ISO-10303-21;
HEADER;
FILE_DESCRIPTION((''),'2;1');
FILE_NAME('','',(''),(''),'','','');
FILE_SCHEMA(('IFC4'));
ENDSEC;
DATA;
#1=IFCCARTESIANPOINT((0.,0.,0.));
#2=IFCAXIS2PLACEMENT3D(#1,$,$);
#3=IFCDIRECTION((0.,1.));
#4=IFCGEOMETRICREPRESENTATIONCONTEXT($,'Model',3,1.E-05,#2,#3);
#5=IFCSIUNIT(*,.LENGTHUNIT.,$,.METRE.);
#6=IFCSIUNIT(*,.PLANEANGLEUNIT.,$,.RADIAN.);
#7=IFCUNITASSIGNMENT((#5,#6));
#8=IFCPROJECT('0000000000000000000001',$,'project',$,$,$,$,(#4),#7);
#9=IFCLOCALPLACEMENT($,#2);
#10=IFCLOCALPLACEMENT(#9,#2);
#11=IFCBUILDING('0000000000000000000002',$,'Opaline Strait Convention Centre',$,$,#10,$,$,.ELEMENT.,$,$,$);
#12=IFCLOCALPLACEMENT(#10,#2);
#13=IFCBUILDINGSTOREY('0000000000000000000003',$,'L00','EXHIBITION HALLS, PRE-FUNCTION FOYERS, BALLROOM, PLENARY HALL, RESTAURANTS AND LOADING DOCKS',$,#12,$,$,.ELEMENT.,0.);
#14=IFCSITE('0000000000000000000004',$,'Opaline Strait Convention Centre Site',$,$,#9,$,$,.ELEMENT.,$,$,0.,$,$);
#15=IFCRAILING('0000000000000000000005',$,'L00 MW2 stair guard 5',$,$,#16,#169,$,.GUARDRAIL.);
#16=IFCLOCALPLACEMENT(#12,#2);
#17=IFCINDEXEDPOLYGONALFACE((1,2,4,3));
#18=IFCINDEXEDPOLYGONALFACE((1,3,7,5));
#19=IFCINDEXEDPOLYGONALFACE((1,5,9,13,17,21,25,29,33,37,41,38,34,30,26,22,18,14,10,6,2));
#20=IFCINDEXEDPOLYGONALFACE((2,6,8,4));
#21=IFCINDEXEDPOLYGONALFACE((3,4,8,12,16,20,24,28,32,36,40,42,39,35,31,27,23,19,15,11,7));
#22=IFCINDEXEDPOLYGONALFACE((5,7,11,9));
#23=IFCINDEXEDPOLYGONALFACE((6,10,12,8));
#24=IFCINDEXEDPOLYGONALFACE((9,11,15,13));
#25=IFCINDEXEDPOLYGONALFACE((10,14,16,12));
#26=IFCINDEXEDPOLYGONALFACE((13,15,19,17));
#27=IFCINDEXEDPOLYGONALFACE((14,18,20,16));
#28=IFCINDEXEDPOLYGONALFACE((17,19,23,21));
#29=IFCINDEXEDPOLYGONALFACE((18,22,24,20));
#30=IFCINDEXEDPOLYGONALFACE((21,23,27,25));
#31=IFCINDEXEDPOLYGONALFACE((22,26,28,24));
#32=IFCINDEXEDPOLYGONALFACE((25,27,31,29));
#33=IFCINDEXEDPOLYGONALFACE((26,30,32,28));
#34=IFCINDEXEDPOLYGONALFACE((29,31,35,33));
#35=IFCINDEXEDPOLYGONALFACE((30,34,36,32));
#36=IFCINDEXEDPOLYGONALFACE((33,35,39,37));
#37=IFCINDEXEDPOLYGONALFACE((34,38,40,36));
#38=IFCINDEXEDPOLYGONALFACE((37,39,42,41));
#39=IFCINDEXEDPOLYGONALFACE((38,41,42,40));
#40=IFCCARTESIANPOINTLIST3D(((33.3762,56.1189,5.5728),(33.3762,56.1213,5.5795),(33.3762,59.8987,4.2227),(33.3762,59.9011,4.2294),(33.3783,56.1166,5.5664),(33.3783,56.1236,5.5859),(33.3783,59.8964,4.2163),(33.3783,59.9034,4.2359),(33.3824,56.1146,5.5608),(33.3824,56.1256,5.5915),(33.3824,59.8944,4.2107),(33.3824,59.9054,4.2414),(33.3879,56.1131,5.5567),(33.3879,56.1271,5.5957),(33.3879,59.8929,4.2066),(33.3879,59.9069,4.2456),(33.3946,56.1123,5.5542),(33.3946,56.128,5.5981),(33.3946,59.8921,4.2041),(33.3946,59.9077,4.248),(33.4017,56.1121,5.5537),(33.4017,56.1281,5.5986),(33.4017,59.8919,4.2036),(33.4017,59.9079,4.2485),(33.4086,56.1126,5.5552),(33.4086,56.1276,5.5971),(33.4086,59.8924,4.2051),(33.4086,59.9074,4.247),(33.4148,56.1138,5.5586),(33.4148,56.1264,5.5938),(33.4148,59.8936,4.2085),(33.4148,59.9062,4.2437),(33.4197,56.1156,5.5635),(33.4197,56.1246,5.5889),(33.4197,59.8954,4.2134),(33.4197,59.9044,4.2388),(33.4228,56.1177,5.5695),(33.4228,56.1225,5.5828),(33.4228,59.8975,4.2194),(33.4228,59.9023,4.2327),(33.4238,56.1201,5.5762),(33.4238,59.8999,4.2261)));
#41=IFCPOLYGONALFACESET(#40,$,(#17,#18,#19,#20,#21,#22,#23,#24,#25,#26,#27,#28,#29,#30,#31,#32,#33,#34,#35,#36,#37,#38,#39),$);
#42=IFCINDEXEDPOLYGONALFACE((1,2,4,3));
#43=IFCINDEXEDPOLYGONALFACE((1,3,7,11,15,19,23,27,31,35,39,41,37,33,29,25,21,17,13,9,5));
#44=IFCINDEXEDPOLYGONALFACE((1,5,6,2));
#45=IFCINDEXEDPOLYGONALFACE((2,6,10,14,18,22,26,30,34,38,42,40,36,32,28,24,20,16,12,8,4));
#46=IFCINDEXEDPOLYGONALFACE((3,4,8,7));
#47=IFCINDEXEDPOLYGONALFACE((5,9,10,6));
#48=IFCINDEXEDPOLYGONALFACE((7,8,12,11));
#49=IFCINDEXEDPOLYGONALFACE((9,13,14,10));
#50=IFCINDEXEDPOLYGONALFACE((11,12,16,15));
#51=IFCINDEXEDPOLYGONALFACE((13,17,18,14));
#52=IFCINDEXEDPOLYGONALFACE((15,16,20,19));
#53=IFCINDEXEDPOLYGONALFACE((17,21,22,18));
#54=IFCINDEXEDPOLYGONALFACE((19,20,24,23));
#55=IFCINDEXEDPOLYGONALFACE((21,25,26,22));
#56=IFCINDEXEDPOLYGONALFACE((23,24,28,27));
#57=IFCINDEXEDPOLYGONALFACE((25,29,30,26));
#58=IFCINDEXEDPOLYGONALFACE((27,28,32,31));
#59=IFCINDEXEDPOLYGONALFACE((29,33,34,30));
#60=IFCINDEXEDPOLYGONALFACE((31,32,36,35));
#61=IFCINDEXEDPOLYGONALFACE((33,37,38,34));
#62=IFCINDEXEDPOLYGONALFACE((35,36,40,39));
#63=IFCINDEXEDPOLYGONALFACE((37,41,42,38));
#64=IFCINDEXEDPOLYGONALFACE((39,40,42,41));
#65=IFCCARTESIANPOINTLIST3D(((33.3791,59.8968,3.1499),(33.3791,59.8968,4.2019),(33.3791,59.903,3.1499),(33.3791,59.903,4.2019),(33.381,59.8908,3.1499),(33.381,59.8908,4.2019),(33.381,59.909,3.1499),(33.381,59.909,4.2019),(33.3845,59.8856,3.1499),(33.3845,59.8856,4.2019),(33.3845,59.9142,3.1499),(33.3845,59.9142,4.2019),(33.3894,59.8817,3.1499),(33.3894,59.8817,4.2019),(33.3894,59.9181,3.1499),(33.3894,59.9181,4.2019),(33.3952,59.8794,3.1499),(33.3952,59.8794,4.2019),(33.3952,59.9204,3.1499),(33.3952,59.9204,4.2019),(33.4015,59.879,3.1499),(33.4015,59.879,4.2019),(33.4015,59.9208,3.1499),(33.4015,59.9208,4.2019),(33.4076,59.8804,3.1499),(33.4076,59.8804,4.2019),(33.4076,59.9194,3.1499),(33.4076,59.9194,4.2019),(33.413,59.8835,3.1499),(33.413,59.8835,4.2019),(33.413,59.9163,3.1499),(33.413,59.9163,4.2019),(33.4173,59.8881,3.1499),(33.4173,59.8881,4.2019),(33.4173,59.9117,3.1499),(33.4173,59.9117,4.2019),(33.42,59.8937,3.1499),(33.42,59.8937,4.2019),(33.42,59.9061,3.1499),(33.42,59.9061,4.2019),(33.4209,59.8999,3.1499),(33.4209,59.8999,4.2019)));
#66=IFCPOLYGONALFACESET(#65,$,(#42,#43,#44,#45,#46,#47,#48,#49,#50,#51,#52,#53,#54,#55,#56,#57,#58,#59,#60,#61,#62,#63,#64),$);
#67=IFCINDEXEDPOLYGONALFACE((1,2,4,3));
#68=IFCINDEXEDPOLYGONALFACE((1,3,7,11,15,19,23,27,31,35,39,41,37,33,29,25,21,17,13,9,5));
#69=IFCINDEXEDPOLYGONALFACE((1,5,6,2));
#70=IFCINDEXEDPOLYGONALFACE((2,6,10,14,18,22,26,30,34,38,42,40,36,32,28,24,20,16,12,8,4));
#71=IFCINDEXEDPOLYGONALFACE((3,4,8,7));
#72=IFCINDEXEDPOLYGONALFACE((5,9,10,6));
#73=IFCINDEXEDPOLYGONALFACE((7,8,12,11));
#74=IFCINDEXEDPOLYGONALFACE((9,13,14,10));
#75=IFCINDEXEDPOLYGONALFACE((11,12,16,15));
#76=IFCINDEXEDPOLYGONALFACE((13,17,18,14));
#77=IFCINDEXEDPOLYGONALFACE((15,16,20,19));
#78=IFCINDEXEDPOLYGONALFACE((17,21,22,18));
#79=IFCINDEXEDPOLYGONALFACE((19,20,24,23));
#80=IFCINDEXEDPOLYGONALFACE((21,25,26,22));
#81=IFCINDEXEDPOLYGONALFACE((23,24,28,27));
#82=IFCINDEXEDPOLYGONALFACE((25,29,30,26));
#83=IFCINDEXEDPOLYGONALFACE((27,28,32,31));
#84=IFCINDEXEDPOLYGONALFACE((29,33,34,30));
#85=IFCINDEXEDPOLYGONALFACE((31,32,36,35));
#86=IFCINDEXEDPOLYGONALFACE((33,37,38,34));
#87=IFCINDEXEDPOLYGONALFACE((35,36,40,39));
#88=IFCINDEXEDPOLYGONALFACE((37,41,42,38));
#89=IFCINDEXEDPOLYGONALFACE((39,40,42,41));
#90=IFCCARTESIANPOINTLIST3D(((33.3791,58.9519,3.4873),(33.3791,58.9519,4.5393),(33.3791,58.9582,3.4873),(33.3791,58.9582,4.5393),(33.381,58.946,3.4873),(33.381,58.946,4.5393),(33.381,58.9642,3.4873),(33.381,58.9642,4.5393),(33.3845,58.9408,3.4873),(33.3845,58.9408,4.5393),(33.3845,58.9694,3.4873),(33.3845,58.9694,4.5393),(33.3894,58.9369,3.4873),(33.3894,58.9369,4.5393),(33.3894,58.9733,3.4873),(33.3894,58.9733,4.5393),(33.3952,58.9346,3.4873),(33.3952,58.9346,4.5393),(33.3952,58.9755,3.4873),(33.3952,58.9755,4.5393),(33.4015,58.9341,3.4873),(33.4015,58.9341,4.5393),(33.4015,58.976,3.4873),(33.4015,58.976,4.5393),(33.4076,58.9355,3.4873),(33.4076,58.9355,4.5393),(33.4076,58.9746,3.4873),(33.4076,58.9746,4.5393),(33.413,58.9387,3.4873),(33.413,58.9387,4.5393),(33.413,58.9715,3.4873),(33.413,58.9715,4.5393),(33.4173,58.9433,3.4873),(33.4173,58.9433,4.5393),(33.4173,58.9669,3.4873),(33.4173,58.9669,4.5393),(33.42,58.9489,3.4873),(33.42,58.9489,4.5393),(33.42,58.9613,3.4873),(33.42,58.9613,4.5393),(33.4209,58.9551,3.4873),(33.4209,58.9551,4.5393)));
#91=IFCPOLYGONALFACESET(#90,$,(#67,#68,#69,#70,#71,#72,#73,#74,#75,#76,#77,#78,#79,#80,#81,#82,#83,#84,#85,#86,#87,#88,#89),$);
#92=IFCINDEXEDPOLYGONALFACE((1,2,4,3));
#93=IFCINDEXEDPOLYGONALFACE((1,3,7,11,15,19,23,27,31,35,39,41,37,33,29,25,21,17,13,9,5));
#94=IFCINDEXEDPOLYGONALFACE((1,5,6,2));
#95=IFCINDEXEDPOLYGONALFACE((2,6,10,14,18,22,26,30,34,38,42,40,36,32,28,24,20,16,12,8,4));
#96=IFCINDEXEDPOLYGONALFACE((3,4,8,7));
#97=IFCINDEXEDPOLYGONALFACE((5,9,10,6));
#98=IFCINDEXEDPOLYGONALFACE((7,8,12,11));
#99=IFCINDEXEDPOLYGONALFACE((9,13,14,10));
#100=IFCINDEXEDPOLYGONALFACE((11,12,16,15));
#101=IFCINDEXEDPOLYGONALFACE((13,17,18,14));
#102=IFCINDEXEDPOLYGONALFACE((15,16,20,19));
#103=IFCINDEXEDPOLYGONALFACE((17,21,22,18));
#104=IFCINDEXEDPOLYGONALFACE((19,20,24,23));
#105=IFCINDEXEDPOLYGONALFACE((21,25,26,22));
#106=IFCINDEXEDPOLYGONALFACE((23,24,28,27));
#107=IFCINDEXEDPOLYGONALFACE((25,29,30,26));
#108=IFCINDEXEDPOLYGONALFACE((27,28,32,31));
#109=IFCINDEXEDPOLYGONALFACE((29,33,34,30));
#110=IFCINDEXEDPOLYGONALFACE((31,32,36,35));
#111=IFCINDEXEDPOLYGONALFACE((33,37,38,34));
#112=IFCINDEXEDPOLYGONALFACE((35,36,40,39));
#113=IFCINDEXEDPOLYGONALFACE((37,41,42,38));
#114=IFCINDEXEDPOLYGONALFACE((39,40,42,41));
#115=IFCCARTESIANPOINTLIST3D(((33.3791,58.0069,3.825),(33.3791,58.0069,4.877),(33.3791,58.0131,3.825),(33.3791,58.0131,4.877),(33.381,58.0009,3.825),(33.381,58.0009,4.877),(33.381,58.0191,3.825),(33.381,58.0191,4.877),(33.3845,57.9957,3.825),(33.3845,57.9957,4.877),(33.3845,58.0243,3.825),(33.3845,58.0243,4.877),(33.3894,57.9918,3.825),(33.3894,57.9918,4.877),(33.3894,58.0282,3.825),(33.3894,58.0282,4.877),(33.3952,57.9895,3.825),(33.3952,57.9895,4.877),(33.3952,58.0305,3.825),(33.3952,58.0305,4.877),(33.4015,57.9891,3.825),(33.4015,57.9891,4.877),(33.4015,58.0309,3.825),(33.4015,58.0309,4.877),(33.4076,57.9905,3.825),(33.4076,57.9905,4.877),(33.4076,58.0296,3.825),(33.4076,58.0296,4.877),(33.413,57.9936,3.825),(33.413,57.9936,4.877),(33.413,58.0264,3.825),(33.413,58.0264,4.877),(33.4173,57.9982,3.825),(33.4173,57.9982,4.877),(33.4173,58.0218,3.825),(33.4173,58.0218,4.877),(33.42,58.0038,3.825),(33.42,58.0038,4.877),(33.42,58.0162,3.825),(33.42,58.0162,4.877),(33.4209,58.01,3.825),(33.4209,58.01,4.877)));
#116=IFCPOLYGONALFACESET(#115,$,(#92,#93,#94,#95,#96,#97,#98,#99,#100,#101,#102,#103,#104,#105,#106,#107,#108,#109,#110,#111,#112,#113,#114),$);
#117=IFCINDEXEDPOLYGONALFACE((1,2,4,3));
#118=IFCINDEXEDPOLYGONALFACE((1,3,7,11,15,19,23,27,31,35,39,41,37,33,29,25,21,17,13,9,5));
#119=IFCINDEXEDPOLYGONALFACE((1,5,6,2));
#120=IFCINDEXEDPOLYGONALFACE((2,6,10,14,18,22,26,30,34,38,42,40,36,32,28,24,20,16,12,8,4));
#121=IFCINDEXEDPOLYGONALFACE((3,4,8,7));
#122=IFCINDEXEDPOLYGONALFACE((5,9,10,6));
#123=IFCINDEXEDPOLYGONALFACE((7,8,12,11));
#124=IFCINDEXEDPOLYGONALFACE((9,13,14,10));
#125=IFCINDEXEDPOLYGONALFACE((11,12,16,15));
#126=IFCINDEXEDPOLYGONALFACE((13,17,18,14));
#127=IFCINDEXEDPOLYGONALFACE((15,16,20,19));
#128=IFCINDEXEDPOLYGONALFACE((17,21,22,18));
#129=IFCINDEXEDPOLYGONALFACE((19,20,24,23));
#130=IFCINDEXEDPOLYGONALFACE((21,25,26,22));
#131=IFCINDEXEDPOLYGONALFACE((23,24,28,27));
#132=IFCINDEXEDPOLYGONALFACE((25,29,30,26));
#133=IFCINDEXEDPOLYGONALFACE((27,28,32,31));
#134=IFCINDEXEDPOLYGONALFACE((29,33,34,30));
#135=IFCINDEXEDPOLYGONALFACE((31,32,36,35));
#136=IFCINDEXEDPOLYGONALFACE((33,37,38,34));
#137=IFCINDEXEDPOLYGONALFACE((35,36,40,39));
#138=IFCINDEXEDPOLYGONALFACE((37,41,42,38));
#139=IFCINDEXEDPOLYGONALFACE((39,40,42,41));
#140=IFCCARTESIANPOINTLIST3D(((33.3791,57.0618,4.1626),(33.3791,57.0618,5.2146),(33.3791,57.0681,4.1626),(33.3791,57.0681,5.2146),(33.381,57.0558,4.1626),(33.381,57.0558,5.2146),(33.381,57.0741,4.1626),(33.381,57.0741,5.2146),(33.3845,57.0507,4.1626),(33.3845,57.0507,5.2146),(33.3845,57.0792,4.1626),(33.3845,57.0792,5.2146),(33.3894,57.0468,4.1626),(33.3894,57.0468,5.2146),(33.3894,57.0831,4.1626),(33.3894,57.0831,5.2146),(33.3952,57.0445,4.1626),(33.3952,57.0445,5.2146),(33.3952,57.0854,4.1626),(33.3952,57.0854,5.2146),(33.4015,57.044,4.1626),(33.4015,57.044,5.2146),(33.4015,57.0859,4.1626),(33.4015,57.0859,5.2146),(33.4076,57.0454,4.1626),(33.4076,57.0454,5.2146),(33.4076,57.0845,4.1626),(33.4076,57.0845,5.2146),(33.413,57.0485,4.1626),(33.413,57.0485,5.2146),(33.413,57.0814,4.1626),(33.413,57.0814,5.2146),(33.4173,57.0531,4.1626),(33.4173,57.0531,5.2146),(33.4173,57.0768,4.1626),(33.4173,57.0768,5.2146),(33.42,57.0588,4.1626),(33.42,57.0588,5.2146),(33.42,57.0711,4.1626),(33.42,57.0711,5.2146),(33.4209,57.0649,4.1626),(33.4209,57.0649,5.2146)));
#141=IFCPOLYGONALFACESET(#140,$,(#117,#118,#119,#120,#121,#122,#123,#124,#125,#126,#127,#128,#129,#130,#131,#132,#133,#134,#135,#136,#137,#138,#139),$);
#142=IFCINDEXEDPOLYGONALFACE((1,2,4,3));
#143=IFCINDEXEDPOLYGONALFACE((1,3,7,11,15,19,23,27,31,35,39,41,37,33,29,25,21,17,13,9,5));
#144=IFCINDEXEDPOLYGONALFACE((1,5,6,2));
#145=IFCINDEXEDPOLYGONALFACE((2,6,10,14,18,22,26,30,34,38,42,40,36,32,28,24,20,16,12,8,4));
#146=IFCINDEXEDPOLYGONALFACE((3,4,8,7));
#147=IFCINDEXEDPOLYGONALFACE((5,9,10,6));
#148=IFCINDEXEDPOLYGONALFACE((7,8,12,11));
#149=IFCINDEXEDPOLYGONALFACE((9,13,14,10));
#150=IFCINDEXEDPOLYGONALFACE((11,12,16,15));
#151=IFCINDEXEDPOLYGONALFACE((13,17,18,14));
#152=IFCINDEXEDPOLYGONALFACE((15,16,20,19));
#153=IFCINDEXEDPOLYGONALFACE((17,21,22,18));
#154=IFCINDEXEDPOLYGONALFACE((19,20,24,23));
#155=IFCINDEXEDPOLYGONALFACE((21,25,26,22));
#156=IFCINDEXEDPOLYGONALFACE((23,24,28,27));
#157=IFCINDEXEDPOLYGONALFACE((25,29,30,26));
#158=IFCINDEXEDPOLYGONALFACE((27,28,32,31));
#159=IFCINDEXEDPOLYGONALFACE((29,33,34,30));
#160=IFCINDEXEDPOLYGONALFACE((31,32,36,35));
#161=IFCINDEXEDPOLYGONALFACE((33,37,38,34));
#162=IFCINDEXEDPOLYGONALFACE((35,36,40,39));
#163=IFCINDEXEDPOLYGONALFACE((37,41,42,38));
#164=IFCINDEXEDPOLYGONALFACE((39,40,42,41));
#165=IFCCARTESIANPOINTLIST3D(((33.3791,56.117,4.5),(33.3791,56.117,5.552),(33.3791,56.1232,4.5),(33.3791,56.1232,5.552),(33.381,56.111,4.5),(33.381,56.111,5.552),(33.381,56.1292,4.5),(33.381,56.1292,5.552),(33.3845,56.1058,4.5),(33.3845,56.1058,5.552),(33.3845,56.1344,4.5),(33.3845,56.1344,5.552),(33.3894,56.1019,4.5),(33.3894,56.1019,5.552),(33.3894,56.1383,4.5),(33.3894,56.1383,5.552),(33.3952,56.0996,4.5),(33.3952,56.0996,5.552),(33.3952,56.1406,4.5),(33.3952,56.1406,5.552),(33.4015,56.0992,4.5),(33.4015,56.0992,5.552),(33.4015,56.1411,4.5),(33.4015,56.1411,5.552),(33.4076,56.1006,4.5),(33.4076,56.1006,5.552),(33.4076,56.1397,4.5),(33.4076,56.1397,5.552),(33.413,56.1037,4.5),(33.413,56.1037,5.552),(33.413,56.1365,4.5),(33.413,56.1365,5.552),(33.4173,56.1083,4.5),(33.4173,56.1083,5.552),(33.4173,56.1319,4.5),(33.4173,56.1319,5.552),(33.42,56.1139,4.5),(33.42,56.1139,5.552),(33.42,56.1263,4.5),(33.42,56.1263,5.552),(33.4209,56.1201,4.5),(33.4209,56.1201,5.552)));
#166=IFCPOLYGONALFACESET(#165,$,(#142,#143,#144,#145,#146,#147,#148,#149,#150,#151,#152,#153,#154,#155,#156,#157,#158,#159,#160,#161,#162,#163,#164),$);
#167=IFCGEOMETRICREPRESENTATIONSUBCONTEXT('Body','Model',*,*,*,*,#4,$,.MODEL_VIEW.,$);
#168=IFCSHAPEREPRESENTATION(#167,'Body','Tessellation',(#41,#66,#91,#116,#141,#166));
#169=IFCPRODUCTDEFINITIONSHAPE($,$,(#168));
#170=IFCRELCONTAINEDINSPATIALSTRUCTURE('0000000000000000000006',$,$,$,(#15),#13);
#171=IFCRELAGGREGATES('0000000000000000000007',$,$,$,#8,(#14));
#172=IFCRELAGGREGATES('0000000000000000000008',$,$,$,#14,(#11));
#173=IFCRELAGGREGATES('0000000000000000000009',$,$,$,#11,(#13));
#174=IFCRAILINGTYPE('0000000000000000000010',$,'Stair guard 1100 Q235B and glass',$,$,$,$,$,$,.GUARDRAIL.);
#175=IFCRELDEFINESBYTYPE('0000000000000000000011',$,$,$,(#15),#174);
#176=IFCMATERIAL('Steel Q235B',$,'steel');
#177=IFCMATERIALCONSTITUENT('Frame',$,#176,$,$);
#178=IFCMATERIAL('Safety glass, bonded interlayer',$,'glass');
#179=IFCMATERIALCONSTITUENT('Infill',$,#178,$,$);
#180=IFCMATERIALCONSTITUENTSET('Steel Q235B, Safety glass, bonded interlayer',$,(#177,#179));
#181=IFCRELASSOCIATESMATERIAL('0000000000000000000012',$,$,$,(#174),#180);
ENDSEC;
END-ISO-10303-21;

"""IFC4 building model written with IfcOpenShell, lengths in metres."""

from ifc_helpers import new_model, si_unit, direction, frame, origin, origin_2d, place, context, subcontext, project, spatial, circle, extrude, material, constituent, constituent_set, type_object, element, save


model = new_model("IFC4")

# Units and contexts
model_context = context("Model", 3, precision=1e-05, world=origin(), true_north=direction((0.0, 1.0)))
body_context = subcontext(model_context, "Body", "Model", "MODEL_VIEW")
ifc_project = project(units=[si_unit("LENGTHUNIT", "METRE"), si_unit("PLANEANGLEUNIT", "RADIAN")], contexts=[model_context])

# Site, building, storey
site_placement = place(None, origin())
site = spatial("IfcSite", under=ifc_project, at=site_placement, Name="Opaline Strait Convention Centre Site", CompositionType="ELEMENT", RefElevation=0.0)
building_placement = place(site_placement, origin())
building = spatial("IfcBuilding", under=site, at=building_placement, Name="Opaline Strait Convention Centre", CompositionType="ELEMENT")
storey_placement = place(building_placement, origin())
storey = spatial("IfcBuildingStorey", under=building, at=storey_placement, Name="L00", Description="EXHIBITION HALLS, PRE-FUNCTION FOYERS, BALLROOM, PLENARY HALL, RESTAURANTS AND LOADING DOCKS", CompositionType="ELEMENT", Elevation=0.0)

# Railing
ifc_material_1 = material(Name="Steel Q235B", Category="steel")
ifc_constituent_1 = constituent(ifc_material_1, Name="Frame")
ifc_material_2 = material(Name="Safety glass, bonded interlayer", Category="glass")
ifc_constituent_2 = constituent(ifc_material_2, Name="Infill")
ifc_constituent_set = constituent_set(constituents=[ifc_constituent_1, ifc_constituent_2], Name="Steel Q235B, Safety glass, bonded interlayer")
railing_type_1 = type_object("IfcRailingType", Name="Stair guard 1100 Q235B and glass", PredefinedType="GUARDRAIL", material=ifc_constituent_set)
railing_1_placement = place(storey_placement, frame((33.3999, 59.8999, 3.1499)))
element("IfcRailing", 1, at=railing_1_placement, inside=storey, type_object=railing_type_1, Name="L00 MW2 stair guard 5", PredefinedType="GUARDRAIL", context=body_context, shape_type="SweptSolid", body=[
    extrude(circle(Radius=0.0239, at=origin_2d()), frame((0.0, 0.0, 1.0762), z_axis=(0.0, -0.941728, 0.336375), x_axis=(1.0, 0.0, 0.0)), (0.0, 0.0, 1.0), 4.0137),
    extrude(circle(Radius=0.021, at=origin_2d()), origin(), (0.0, 0.0, 1.0), 1.052),
    extrude(circle(Radius=0.021, at=origin_2d()), frame((0.0, -0.9448, 0.3374)), (0.0, 0.0, 1.0), 1.052),
    extrude(circle(Radius=0.021, at=origin_2d()), frame((0.0, -1.8899, 0.675)), (0.0, 0.0, 1.0), 1.052),
    extrude(circle(Radius=0.021, at=origin_2d()), frame((0.0, -2.835, 1.0127)), (0.0, 0.0, 1.0), 1.052),
    extrude(circle(Radius=0.021, at=origin_2d()), frame((0.0, -3.7798, 1.3501)), (0.0, 0.0, 1.0), 1.052),
])

save(model, "model.ifc")
